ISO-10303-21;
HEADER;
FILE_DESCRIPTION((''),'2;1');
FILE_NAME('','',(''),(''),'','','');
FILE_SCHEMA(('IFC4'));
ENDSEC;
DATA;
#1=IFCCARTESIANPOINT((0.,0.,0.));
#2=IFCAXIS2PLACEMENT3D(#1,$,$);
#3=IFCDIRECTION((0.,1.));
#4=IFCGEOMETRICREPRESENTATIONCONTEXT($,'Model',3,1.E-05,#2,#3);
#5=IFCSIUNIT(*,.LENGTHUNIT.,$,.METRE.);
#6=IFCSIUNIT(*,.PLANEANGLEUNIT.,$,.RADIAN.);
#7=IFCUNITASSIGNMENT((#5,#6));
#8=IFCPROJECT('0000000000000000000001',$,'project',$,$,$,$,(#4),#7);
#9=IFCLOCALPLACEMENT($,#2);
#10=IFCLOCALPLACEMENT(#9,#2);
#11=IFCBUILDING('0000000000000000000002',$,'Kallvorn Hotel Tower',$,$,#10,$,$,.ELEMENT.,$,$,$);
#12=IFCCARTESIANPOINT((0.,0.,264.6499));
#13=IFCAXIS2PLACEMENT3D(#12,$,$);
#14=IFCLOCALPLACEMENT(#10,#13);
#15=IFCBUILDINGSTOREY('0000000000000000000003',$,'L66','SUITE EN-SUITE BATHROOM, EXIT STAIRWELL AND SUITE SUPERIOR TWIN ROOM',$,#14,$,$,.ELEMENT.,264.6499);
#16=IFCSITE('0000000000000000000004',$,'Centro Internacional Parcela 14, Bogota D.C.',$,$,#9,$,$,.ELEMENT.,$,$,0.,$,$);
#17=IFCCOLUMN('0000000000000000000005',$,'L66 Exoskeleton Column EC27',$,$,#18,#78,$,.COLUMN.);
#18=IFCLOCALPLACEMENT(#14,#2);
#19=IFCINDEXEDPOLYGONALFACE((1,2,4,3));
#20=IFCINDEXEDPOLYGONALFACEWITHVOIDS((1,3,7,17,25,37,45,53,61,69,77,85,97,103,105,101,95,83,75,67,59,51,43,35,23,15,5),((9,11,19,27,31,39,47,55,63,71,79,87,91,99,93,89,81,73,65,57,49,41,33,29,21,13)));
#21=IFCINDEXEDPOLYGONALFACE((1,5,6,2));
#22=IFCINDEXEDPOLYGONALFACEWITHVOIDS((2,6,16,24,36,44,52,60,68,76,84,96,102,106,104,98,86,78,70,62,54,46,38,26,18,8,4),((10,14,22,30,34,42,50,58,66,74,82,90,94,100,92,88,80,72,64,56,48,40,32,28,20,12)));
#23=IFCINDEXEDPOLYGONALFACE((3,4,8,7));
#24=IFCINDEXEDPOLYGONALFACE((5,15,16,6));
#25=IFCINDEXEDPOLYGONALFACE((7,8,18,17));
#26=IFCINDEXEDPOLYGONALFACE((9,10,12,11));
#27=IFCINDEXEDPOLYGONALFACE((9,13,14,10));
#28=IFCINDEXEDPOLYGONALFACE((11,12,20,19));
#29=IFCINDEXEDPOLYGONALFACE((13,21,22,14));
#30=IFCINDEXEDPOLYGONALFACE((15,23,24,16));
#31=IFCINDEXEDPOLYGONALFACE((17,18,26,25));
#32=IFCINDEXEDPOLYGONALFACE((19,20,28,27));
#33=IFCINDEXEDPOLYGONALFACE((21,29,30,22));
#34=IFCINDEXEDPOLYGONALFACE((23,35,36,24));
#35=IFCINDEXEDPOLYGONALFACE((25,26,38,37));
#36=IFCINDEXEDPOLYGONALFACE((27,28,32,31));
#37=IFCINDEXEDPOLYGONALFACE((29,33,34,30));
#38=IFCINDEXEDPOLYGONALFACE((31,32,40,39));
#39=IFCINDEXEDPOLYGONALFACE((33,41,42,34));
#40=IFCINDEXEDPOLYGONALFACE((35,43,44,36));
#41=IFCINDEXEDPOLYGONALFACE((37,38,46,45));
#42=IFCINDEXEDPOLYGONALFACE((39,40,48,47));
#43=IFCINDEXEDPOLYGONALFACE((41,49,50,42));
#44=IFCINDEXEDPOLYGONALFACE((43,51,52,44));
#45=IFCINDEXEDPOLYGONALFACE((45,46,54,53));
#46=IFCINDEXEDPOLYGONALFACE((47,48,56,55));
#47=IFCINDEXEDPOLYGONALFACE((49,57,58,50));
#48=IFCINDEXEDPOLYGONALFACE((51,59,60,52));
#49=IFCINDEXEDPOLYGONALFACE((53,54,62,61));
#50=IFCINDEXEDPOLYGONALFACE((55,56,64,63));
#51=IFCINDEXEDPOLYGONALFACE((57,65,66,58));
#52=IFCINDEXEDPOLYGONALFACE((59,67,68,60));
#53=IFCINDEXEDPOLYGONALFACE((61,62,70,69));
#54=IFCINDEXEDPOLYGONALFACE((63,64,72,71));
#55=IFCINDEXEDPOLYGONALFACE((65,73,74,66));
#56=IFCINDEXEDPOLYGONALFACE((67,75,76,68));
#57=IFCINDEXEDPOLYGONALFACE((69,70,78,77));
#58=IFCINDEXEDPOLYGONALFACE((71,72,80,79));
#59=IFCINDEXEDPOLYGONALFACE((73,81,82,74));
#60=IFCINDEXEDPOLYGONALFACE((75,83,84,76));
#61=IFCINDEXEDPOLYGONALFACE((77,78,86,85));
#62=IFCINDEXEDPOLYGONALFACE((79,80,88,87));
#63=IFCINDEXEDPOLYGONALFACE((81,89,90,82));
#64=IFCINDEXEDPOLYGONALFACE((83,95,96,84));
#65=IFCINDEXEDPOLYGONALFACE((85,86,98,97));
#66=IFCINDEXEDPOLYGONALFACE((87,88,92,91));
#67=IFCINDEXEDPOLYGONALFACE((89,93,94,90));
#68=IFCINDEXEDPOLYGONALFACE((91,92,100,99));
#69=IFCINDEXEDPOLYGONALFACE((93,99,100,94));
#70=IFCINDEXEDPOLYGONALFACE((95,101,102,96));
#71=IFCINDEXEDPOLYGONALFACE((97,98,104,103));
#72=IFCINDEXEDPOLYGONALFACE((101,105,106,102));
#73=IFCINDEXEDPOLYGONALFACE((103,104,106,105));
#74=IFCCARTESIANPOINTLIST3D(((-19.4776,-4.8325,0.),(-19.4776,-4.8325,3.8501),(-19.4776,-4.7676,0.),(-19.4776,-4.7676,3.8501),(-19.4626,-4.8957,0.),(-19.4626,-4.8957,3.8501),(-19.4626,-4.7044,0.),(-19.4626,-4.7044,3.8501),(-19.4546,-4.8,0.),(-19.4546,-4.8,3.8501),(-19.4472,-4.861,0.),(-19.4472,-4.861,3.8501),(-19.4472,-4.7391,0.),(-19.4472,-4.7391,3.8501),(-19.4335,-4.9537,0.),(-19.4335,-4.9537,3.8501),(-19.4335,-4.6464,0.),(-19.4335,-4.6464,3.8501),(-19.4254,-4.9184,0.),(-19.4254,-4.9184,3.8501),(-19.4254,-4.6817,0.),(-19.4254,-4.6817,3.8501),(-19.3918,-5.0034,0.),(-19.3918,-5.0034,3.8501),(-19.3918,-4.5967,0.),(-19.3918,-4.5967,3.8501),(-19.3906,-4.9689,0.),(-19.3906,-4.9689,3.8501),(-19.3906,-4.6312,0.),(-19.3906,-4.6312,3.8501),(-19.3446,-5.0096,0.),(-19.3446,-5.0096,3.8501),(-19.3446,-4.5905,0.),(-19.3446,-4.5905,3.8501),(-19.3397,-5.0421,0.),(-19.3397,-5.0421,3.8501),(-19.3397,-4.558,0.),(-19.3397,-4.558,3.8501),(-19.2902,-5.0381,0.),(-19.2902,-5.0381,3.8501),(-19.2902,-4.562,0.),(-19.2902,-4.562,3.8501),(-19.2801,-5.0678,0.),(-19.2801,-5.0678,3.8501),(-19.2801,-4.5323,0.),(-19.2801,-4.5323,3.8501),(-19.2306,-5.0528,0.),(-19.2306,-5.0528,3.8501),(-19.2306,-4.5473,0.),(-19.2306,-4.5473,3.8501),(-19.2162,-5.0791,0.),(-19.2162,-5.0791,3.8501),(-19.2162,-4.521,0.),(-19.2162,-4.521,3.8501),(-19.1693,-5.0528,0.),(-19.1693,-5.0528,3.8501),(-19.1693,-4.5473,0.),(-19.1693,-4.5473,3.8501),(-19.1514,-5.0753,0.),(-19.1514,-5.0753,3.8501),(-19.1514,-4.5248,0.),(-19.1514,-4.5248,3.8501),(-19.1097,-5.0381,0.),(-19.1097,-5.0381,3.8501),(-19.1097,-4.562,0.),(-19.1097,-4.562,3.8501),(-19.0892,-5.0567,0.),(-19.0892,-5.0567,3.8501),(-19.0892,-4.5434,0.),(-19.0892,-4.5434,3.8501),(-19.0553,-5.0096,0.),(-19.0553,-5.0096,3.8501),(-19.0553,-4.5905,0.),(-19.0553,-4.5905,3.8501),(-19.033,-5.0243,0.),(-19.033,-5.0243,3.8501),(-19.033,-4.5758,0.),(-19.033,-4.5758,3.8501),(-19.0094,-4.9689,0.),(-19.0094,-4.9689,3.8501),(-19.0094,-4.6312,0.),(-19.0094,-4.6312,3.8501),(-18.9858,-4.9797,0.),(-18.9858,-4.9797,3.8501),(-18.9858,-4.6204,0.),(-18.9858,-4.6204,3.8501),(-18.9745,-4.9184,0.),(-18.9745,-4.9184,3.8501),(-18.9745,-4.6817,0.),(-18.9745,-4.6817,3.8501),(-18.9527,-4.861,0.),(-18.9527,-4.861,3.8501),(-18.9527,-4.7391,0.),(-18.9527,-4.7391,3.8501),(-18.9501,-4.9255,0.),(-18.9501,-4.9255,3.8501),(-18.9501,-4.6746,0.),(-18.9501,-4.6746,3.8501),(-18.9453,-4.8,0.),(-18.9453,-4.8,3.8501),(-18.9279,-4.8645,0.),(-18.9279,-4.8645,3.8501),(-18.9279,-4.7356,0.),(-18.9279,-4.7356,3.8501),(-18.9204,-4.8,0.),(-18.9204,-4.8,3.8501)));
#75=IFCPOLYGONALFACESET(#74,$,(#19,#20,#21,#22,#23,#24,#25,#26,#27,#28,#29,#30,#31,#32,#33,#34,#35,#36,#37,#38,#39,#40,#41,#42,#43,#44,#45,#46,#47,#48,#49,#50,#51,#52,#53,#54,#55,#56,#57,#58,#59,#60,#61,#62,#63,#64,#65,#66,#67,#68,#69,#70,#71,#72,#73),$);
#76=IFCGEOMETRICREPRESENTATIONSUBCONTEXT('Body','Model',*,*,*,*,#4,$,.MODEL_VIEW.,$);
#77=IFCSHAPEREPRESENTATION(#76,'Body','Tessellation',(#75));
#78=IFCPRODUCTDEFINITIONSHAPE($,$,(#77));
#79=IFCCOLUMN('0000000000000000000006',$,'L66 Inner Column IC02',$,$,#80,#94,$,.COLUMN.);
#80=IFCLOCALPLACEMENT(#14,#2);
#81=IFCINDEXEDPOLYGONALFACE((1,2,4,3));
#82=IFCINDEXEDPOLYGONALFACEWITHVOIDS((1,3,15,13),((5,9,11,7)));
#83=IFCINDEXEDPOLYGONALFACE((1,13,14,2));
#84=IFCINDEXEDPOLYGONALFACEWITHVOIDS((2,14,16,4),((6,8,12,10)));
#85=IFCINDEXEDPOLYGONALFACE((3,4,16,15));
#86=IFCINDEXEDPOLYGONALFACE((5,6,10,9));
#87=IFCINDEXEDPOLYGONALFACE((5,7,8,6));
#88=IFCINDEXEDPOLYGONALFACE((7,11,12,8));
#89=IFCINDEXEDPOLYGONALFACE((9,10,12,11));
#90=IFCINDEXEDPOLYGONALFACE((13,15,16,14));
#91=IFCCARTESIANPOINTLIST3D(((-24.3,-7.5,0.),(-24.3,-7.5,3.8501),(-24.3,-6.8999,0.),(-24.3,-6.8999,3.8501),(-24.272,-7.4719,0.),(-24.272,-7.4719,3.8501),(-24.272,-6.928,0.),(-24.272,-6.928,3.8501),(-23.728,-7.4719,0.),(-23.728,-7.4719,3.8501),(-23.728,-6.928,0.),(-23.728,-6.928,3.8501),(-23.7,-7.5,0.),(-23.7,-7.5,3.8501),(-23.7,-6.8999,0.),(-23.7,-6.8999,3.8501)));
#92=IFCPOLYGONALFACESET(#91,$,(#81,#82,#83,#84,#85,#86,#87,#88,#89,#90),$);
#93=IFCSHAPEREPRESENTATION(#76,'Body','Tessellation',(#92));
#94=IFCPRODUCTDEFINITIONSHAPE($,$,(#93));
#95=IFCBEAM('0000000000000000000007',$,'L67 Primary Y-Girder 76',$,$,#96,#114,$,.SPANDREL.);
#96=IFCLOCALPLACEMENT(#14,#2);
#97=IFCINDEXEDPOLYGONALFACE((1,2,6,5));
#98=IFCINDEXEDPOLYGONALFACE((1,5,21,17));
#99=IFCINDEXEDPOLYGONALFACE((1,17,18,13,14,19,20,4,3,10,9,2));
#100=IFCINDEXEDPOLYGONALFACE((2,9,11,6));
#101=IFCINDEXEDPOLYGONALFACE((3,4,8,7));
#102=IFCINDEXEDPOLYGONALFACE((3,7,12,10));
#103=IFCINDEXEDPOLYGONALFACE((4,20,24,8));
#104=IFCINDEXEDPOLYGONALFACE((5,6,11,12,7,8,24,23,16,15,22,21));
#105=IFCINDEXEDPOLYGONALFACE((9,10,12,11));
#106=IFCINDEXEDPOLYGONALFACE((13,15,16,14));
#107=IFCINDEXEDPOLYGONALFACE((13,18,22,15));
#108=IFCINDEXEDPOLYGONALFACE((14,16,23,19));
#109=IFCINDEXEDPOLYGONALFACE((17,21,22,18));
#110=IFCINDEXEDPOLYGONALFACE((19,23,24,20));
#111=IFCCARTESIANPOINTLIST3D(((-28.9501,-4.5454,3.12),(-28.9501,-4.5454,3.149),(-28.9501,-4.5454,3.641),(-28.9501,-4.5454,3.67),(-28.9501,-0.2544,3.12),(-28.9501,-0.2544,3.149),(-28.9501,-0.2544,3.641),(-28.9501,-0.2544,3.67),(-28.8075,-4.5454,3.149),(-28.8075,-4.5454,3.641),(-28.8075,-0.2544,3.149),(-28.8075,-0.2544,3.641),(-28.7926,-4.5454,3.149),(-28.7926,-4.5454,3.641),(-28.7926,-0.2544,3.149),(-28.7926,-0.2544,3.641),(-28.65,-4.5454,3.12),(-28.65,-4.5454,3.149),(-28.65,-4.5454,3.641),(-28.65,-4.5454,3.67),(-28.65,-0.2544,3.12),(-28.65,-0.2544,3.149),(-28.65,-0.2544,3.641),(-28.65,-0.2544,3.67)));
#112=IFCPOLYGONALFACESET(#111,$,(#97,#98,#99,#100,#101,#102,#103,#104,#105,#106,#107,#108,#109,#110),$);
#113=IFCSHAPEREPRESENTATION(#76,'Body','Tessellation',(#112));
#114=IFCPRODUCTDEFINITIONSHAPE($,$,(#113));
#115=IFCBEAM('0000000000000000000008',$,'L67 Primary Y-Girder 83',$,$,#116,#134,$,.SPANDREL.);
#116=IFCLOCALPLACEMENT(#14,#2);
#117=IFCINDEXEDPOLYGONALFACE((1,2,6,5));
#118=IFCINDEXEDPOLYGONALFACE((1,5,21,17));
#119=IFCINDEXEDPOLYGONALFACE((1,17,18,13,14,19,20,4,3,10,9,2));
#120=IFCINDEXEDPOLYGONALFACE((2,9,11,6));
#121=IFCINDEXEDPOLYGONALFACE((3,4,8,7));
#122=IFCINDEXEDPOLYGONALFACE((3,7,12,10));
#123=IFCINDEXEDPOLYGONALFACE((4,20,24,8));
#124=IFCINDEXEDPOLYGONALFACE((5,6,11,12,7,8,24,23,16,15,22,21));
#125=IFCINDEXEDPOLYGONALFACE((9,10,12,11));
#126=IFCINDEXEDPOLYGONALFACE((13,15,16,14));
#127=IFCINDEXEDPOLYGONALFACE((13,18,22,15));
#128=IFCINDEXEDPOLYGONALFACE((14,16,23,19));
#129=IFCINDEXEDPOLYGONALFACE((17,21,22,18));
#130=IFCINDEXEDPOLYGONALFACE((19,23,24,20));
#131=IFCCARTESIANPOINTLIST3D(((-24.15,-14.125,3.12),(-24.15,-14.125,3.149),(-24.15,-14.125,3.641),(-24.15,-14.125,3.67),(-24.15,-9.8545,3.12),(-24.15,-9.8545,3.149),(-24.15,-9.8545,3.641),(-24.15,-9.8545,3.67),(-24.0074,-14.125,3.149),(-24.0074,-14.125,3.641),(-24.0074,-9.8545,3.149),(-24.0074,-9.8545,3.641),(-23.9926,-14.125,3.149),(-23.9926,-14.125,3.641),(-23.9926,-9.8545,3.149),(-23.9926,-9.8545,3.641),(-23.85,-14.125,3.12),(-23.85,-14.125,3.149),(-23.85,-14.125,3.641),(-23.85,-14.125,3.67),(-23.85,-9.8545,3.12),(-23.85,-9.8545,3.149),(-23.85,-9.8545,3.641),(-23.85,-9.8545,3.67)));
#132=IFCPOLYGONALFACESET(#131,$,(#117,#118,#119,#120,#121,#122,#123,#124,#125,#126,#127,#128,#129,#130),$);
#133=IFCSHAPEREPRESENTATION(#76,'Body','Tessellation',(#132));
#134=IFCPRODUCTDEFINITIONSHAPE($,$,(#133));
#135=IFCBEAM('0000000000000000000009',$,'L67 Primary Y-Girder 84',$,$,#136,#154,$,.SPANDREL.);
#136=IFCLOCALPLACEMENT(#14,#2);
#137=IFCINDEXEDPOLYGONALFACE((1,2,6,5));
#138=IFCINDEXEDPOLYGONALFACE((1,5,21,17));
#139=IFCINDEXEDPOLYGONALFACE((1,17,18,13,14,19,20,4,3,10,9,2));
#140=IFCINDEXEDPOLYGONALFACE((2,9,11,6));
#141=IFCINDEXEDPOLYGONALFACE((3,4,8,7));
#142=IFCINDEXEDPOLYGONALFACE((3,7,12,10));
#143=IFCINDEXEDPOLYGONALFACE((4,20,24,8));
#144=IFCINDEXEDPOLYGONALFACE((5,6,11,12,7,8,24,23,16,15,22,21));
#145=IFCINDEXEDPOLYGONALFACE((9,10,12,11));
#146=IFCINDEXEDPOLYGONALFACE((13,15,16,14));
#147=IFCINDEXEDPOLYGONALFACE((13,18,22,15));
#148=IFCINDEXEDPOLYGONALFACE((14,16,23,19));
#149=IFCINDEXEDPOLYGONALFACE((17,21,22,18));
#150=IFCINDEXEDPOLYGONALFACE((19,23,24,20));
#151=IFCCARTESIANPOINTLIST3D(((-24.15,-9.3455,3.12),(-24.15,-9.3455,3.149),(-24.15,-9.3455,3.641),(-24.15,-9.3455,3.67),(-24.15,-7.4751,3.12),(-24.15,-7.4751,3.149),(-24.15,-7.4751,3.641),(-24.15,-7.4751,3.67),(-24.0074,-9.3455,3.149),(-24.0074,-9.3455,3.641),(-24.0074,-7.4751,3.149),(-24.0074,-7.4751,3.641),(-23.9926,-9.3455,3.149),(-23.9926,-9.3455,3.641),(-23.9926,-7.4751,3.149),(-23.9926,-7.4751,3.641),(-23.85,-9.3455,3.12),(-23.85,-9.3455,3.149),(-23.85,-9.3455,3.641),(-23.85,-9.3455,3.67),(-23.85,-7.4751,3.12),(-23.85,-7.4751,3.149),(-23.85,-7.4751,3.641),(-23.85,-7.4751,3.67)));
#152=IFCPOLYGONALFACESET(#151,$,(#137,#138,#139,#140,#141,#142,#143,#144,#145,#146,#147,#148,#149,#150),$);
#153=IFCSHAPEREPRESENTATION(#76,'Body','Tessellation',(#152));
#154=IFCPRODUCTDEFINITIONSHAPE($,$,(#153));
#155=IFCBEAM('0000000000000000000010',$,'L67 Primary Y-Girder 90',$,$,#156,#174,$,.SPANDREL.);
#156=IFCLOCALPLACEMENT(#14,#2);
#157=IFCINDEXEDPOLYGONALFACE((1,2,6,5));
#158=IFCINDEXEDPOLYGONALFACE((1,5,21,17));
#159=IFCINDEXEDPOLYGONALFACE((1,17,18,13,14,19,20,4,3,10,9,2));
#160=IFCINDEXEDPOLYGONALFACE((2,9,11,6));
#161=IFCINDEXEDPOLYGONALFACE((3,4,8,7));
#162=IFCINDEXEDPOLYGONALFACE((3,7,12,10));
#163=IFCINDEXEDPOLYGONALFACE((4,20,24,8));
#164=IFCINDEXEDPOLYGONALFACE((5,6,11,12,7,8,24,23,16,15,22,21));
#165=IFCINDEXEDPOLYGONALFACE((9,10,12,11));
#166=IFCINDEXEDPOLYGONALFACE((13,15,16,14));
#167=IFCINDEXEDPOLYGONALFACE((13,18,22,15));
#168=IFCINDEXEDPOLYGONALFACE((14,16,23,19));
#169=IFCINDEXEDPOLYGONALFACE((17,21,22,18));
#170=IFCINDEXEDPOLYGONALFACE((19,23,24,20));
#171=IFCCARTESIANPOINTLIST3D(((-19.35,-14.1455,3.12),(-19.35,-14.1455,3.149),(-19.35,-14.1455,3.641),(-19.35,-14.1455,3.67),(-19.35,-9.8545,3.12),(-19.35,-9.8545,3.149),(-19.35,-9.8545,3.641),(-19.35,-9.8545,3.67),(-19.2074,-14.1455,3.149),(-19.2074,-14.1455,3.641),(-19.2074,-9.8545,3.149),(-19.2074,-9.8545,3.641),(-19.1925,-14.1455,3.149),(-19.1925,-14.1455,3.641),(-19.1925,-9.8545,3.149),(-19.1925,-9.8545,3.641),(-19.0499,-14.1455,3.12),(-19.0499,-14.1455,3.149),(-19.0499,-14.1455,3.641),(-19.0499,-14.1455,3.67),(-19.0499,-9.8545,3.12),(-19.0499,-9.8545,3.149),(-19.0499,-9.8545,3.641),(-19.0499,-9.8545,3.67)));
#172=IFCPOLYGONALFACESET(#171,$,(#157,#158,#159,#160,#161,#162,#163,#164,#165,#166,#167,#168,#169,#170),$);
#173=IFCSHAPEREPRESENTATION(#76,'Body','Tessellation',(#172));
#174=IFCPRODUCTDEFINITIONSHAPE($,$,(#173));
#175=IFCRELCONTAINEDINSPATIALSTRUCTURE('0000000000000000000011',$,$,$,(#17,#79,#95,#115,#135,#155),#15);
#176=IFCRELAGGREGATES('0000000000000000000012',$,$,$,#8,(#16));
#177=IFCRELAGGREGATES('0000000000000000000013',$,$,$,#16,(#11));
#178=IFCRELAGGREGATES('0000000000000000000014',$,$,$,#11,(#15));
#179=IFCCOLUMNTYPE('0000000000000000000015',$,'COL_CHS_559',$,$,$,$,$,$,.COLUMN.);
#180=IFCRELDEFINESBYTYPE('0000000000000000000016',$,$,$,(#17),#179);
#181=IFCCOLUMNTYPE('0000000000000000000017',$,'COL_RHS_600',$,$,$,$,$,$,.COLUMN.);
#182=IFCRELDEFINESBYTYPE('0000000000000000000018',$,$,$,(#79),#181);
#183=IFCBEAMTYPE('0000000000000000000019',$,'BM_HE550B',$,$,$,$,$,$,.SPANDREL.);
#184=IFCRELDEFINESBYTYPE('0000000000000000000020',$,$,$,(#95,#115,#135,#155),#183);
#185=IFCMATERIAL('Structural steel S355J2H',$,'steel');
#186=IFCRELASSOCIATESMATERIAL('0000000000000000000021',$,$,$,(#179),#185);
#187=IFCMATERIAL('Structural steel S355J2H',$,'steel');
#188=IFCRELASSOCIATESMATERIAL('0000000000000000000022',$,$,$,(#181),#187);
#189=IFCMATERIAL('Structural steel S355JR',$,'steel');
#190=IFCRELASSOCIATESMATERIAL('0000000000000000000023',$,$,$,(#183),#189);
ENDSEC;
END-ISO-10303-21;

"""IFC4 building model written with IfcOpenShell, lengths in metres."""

from ifc_helpers import new_model, si_unit, direction, frame, origin, origin_2d, place, context, subcontext, project, spatial, hollow_rectangle, hollow_circle, i_section, extrude, material, material_profile, profile_set, type_object, element, save


model = new_model("IFC4")

# Units and contexts
model_context = context("Model", 3, precision=1e-05, world=origin(), true_north=direction((0.0, 1.0)))
body_context = subcontext(model_context, "Body", "Model", "MODEL_VIEW")
ifc_project = project(units=[si_unit("LENGTHUNIT", "METRE"), si_unit("PLANEANGLEUNIT", "RADIAN")], contexts=[model_context])

# Site, building, storey
site_placement = place(None, origin())
site = spatial("IfcSite", under=ifc_project, at=site_placement, Name="Centro Internacional Parcela 14, Bogota D.C.", CompositionType="ELEMENT", RefElevation=0.0)
building_placement = place(site_placement, origin())
building = spatial("IfcBuilding", under=site, at=building_placement, Name="Kallvorn Hotel Tower", CompositionType="ELEMENT")
storey_placement = place(building_placement, frame((0.0, 0.0, 264.6499)))
storey = spatial("IfcBuildingStorey", under=building, at=storey_placement, Name="L66", Description="SUITE EN-SUITE BATHROOM, EXIT STAIRWELL AND SUITE SUPERIOR TWIN ROOM", CompositionType="ELEMENT", Elevation=264.6499)

# Columns
ifc_material_1 = material(Name="Structural steel S355J2H", Category="steel")
ifc_material_profile_1 = material_profile(ifc_material_1, hollow_circle(Radius=0.2795, WallThickness=0.0249, at=origin_2d()), Name="CHS 559x25")
ifc_profile_set_1 = profile_set([ifc_material_profile_1], Name="Structural steel S355J2H")
column_type_1 = type_object("IfcColumnType", Name="COL_CHS_559", PredefinedType="COLUMN", material=ifc_profile_set_1)
for number, where, z_axis, x_axis, name in (
    (1, (-19.2, -4.8, 0.0), (0.0, 0.0, 1.0), (1.0, 0.0, 0.0), "L66 Exoskeleton Column EC27"),
):
    element("IfcColumn", number, at=place(storey_placement, frame(where, z_axis=z_axis, x_axis=x_axis)), inside=storey, type_object=column_type_1, Name=name, PredefinedType="COLUMN", context=body_context, shape_type="SweptSolid", body=[
        extrude(hollow_circle(Radius=0.2795, WallThickness=0.0249, at=origin_2d()), origin(), (0.0, 0.0, 1.0), 3.8501),
    ])
ifc_material_2 = material(Name="Structural steel S355J2H", Category="steel")
ifc_material_profile_2 = material_profile(ifc_material_2, hollow_rectangle(XDim=0.6001, YDim=0.6001, WallThickness=0.0281, at=origin_2d()), Name="RHS 600x600x28")
ifc_profile_set_2 = profile_set([ifc_material_profile_2], Name="Structural steel S355J2H")
column_type_2 = type_object("IfcColumnType", Name="COL_RHS_600", PredefinedType="COLUMN", material=ifc_profile_set_2)
column_placement = place(storey_placement, frame((-24.0, -7.2, 0.0), z_axis=(0.0, 0.0, 1.0), x_axis=(1.0, 0.0, 0.0)))
element("IfcColumn", 2, at=column_placement, inside=storey, type_object=column_type_2, Name="L66 Inner Column IC02", PredefinedType="COLUMN", context=body_context, shape_type="SweptSolid", body=[
    extrude(hollow_rectangle(XDim=0.6001, YDim=0.6001, WallThickness=0.0281, at=origin_2d()), origin(), (0.0, 0.0, 1.0), 3.8501),
])

# Beams
ifc_material_3 = material(Name="Structural steel S355JR", Category="steel")
ifc_material_profile_3 = material_profile(ifc_material_3, i_section(OverallWidth=0.3, OverallDepth=0.55, WebThickness=0.0149, FlangeThickness=0.0291, at=origin_2d()), Name="HE 550 B")
ifc_profile_set_3 = profile_set([ifc_material_profile_3], Name="Structural steel S355JR")
beam_type_1 = type_object("IfcBeamType", Name="BM_HE550B", PredefinedType="SPANDREL", material=ifc_profile_set_3)
beam_1_placement = place(storey_placement, frame((-28.8, -4.5454, 3.395), z_axis=(0.0, 1.0, 0.0), x_axis=(-1.0, 0.0, 0.0)))
element("IfcBeam", 3, at=beam_1_placement, inside=storey, type_object=beam_type_1, Name="L67 Primary Y-Girder 76", PredefinedType="SPANDREL", context=body_context, shape_type="SweptSolid", body=[
    extrude(i_section(OverallWidth=0.3, OverallDepth=0.55, WebThickness=0.0149, FlangeThickness=0.0291, at=origin_2d()), origin(), (0.0, 0.0, 1.0), 4.291),
])
beam_2_placement = place(storey_placement, frame((-24.0, -14.125, 3.395), z_axis=(0.0, 1.0, 0.0), x_axis=(-1.0, 0.0, 0.0)))
element("IfcBeam", 4, at=beam_2_placement, inside=storey, type_object=beam_type_1, Name="L67 Primary Y-Girder 83", PredefinedType="SPANDREL", context=body_context, shape_type="SweptSolid", body=[
    extrude(i_section(OverallWidth=0.3, OverallDepth=0.55, WebThickness=0.0149, FlangeThickness=0.0291, at=origin_2d()), origin(), (0.0, 0.0, 1.0), 4.2705),
])
beam_3_placement = place(storey_placement, frame((-24.0, -9.3455, 3.395), z_axis=(0.0, 1.0, 0.0), x_axis=(-1.0, 0.0, 0.0)))
element("IfcBeam", 5, at=beam_3_placement, inside=storey, type_object=beam_type_1, Name="L67 Primary Y-Girder 84", PredefinedType="SPANDREL", context=body_context, shape_type="SweptSolid", body=[
    extrude(i_section(OverallWidth=0.3, OverallDepth=0.55, WebThickness=0.0149, FlangeThickness=0.0291, at=origin_2d()), origin(), (0.0, 0.0, 1.0), 1.8704),
])
beam_4_placement = place(storey_placement, frame((-19.2, -14.1455, 3.395), z_axis=(0.0, 1.0, 0.0), x_axis=(-1.0, 0.0, 0.0)))
element("IfcBeam", 6, at=beam_4_placement, inside=storey, type_object=beam_type_1, Name="L67 Primary Y-Girder 90", PredefinedType="SPANDREL", context=body_context, shape_type="SweptSolid", body=[
    extrude(i_section(OverallWidth=0.3, OverallDepth=0.55, WebThickness=0.0149, FlangeThickness=0.0291, at=origin_2d()), origin(), (0.0, 0.0, 1.0), 4.291),
])

save(model, "model.ifc")
